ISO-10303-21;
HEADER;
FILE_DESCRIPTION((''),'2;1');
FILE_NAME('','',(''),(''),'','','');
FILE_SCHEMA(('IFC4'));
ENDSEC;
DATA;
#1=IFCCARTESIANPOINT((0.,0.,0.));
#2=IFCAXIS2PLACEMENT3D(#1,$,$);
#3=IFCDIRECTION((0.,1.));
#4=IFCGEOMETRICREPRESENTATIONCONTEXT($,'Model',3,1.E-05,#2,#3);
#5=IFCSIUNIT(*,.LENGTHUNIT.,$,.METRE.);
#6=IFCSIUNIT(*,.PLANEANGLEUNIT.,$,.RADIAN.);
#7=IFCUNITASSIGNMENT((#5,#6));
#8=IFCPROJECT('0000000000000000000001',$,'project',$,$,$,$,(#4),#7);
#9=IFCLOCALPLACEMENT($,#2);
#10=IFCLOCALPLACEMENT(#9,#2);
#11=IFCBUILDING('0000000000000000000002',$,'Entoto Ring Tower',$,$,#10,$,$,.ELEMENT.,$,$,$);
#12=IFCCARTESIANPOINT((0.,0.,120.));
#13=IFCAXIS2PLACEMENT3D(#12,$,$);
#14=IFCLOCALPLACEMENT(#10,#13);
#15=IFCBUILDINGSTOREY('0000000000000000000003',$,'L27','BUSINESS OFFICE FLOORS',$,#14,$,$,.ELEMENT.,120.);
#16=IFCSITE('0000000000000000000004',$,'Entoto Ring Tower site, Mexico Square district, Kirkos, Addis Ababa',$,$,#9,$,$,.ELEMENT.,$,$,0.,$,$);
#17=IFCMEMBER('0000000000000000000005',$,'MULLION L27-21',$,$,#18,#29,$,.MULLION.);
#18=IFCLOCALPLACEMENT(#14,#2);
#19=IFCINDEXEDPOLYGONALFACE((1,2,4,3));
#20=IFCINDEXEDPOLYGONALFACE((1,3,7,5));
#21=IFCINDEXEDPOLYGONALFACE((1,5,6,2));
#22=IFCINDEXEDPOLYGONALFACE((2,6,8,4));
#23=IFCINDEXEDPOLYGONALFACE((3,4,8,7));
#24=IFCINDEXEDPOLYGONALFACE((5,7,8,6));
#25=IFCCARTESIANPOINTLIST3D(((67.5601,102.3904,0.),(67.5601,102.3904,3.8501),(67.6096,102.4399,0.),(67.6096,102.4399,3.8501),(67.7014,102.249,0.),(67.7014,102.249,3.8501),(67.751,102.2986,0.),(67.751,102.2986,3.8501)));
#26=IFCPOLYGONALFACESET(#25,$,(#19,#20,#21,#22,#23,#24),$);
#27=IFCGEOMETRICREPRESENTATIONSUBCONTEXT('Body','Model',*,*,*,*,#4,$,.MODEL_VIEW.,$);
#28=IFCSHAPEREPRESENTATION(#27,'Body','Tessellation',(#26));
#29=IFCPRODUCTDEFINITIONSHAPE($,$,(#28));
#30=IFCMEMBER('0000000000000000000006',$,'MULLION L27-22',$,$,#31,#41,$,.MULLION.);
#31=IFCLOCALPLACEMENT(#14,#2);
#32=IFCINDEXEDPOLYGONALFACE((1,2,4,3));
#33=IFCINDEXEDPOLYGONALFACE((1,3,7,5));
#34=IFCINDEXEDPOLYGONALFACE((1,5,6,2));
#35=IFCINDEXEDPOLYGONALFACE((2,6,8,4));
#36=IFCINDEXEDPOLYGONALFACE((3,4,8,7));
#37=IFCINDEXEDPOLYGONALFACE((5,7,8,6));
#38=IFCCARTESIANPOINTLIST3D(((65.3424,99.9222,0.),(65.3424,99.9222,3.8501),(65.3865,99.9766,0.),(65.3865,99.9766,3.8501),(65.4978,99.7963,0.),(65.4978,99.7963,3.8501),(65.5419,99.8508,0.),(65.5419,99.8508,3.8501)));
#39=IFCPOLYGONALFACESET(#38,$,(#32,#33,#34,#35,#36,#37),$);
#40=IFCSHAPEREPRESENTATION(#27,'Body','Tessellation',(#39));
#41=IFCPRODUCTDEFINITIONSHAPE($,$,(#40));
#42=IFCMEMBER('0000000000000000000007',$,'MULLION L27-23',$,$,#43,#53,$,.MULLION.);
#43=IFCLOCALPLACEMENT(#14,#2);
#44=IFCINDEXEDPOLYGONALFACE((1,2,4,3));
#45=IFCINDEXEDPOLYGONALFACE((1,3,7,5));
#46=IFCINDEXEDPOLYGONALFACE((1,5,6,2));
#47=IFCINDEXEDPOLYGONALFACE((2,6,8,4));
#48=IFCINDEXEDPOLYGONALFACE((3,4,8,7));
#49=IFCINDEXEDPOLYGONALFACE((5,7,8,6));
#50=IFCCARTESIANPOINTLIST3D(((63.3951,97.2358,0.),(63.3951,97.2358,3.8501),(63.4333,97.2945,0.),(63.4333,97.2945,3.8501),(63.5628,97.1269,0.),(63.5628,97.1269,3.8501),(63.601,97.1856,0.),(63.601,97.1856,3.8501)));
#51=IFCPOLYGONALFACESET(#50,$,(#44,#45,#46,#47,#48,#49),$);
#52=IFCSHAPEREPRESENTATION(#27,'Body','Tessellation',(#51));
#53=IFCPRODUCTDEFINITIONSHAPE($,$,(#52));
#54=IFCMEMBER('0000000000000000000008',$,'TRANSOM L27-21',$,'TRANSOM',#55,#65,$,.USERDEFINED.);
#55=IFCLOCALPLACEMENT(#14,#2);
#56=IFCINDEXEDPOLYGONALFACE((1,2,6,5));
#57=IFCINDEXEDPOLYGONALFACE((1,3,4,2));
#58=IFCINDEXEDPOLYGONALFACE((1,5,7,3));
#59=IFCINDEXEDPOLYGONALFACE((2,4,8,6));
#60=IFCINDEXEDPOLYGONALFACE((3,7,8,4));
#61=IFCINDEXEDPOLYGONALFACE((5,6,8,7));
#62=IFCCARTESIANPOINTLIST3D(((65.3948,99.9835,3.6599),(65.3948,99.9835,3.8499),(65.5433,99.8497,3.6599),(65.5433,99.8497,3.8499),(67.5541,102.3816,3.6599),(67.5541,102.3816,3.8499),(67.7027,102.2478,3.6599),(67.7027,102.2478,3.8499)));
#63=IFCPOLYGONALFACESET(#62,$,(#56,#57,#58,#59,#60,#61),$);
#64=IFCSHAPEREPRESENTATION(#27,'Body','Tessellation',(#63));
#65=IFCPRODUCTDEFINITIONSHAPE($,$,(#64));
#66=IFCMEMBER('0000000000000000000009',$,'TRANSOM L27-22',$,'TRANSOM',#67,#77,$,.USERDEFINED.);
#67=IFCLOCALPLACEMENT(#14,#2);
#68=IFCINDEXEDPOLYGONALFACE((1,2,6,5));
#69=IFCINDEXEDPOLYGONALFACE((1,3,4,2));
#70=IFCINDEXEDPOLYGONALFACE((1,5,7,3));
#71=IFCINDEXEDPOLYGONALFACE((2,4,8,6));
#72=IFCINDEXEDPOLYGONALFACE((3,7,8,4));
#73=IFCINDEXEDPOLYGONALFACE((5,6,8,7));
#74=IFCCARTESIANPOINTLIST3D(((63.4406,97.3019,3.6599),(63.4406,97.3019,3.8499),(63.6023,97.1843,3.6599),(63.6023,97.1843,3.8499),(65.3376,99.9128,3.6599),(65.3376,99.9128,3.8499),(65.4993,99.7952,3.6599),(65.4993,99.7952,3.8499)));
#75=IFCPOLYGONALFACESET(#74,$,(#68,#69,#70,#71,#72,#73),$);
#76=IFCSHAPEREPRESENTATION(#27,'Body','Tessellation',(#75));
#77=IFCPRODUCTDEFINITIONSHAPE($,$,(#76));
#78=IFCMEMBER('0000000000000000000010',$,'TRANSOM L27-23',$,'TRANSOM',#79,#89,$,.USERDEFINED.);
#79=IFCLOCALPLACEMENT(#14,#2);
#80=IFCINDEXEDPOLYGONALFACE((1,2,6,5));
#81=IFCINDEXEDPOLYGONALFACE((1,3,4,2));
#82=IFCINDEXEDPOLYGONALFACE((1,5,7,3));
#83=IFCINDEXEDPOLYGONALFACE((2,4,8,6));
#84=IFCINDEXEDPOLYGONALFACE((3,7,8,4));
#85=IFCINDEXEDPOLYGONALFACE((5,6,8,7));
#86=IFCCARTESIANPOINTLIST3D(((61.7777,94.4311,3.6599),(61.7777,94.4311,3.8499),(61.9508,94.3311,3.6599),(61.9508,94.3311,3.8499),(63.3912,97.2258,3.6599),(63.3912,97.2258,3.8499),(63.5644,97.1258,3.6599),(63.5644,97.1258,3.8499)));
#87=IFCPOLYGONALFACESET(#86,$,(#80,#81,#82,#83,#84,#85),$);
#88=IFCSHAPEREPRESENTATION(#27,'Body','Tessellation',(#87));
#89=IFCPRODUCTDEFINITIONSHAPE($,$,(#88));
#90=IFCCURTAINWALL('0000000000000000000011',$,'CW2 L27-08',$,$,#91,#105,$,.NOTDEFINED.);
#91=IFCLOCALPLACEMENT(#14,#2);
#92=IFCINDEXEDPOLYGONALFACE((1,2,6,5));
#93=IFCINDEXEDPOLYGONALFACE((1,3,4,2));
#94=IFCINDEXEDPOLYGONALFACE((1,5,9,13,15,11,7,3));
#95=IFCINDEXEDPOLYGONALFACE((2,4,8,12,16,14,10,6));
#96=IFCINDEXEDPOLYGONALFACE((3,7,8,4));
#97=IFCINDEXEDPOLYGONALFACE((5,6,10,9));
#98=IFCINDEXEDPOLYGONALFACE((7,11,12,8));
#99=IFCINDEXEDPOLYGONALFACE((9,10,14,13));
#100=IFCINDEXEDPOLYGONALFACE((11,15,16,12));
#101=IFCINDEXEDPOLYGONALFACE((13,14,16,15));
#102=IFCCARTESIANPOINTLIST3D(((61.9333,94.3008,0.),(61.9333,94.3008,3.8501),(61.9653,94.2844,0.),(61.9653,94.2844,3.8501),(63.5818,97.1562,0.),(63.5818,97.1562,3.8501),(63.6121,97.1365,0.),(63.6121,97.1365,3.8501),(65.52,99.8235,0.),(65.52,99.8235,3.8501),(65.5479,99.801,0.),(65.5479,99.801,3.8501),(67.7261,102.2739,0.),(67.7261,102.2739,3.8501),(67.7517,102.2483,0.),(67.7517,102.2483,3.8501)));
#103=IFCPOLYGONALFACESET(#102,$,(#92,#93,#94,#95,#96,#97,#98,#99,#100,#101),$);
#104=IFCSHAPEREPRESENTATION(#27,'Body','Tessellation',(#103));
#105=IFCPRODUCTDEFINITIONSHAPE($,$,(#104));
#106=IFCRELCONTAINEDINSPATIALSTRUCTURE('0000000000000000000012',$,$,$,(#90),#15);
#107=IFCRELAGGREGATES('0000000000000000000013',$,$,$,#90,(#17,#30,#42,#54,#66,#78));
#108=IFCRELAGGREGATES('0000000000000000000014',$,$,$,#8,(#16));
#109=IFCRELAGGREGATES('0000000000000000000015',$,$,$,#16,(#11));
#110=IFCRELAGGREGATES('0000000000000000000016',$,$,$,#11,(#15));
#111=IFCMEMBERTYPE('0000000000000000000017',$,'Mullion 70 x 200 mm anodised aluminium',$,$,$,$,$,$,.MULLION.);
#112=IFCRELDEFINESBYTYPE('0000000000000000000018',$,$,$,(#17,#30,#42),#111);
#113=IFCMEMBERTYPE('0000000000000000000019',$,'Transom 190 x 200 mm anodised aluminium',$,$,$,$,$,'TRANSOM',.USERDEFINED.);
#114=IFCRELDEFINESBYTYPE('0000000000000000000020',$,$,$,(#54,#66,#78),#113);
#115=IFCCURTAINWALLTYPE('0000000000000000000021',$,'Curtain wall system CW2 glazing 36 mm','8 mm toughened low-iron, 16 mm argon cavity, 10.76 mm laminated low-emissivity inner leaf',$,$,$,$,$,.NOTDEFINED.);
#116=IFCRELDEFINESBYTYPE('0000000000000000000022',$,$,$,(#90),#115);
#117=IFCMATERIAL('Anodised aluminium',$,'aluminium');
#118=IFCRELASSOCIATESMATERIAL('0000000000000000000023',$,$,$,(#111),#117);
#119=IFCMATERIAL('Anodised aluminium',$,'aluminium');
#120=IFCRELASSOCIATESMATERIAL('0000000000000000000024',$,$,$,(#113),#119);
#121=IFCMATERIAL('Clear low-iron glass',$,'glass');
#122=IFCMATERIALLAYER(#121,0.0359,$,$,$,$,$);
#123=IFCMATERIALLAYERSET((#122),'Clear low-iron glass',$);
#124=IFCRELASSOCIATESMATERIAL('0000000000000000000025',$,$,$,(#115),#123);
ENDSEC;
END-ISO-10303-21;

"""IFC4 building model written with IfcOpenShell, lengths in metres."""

from ifc_helpers import new_model, si_unit, direction, frame, origin, origin_2d, place, context, subcontext, project, spatial, polyline, rectangle, outline, extrude, material, layer, layer_set, material_profile, profile_set, type_object, element, aggregate, save


model = new_model("IFC4")

# Units and contexts
model_context = context("Model", 3, precision=1e-05, world=origin(), true_north=direction((0.0, 1.0)))
body_context = subcontext(model_context, "Body", "Model", "MODEL_VIEW")
ifc_project = project(units=[si_unit("LENGTHUNIT", "METRE"), si_unit("PLANEANGLEUNIT", "RADIAN")], contexts=[model_context])

# Members
ifc_material_1 = material(Name="Anodised aluminium", Category="aluminium")
ifc_material_profile_1 = material_profile(ifc_material_1, rectangle(XDim=0.0701, YDim=0.2, at=origin_2d()), Name="Mullion 70 x 200 mm anodised aluminium")
ifc_profile_set_1 = profile_set([ifc_material_profile_1], Name="Anodised aluminium")
member_type_1 = type_object("IfcMemberType", Name="Mullion 70 x 200 mm anodised aluminium", PredefinedType="MULLION", material=ifc_profile_set_1)
site_placement = place(None, origin())
building_placement = place(site_placement, origin())
storey_placement = place(building_placement, frame((0.0, 0.0, 120.0)))
member_1_placement = place(storey_placement, frame((67.6555, 102.3445, 0.0), z_axis=(0.0, 0.0, 1.0), x_axis=(-0.707107, -0.707107, 0.0)))
member_1 = element("IfcMember", 1, at=member_1_placement, type_object=member_type_1, Name="MULLION L27-21", PredefinedType="MULLION", context=body_context, shape_type="SweptSolid", body=[
    extrude(rectangle(XDim=0.0701, YDim=0.2, at=origin_2d()), origin(), (0.0, 0.0, 1.0), 3.8501),
])
member_2_placement = place(storey_placement, frame((65.4421, 99.8865, 0.0), z_axis=(0.0, 0.0, 1.0), x_axis=(-0.62932, -0.777146, 0.0)))
member_2 = element("IfcMember", 2, at=member_2_placement, type_object=member_type_1, Name="MULLION L27-22", PredefinedType="MULLION", context=body_context, shape_type="SweptSolid", body=[
    extrude(rectangle(XDim=0.0701, YDim=0.2, at=origin_2d()), origin(), (0.0, 0.0, 1.0), 3.8501),
])
member_3_placement = place(storey_placement, frame((63.498, 97.2107, 0.0), z_axis=(0.0, 0.0, 1.0), x_axis=(-0.544639, -0.838671, 0.0)))
member_3 = element("IfcMember", 3, at=member_3_placement, type_object=member_type_1, Name="MULLION L27-23", PredefinedType="MULLION", context=body_context, shape_type="SweptSolid", body=[
    extrude(rectangle(XDim=0.0701, YDim=0.2, at=origin_2d()), origin(), (0.0, 0.0, 1.0), 3.8501),
])
ifc_material_2 = material(Name="Anodised aluminium", Category="aluminium")
ifc_material_profile_2 = material_profile(ifc_material_2, rectangle(XDim=0.2, YDim=0.1899, at=origin_2d()), Name="Transom 190 x 200 mm anodised aluminium")
ifc_profile_set_2 = profile_set([ifc_material_profile_2], Name="Anodised aluminium")
member_type_2 = type_object("IfcMemberType", Name="Transom 190 x 200 mm anodised aluminium", ElementType="TRANSOM", PredefinedType="USERDEFINED", material=ifc_profile_set_2)
member_4_placement = place(storey_placement, frame((67.6284, 102.3147, 3.7549), z_axis=(-0.669144, -0.743132, 0.0), x_axis=(0.743132, -0.669144, 0.0)))
member_4 = element("IfcMember", 4, at=member_4_placement, type_object=member_type_2, Name="TRANSOM L27-21", ObjectType="TRANSOM", PredefinedType="USERDEFINED", context=body_context, shape_type="SweptSolid", body=[
    extrude(rectangle(XDim=0.2, YDim=0.1899, at=origin_2d()), origin(), (0.0, 0.0, 1.0), 3.2271),
])
member_5_placement = place(storey_placement, frame((65.4185, 99.854, 3.7549), z_axis=(-0.587803, -0.809004, 0.0), x_axis=(0.809004, -0.587803, 0.0)))
member_5 = element("IfcMember", 5, at=member_5_placement, type_object=member_type_2, Name="TRANSOM L27-22", ObjectType="TRANSOM", PredefinedType="USERDEFINED", context=body_context, shape_type="SweptSolid", body=[
    extrude(rectangle(XDim=0.2, YDim=0.1899, at=origin_2d()), origin(), (0.0, 0.0, 1.0), 3.2273),
])
member_6_placement = place(storey_placement, frame((63.4778, 97.1758, 3.7549), z_axis=(-0.500004, -0.866023, 0.0), x_axis=(0.866023, -0.500004, 0.0)))
member_6 = element("IfcMember", 6, at=member_6_placement, type_object=member_type_2, Name="TRANSOM L27-23", ObjectType="TRANSOM", PredefinedType="USERDEFINED", context=body_context, shape_type="SweptSolid", body=[
    extrude(rectangle(XDim=0.2, YDim=0.1899, at=origin_2d()), origin(), (0.0, 0.0, 1.0), 3.2271),
])

# Site, building, storey
site = spatial("IfcSite", under=ifc_project, at=site_placement, Name="Entoto Ring Tower site, Mexico Square district, Kirkos, Addis Ababa", CompositionType="ELEMENT", RefElevation=0.0)
building = spatial("IfcBuilding", under=site, at=building_placement, Name="Entoto Ring Tower", CompositionType="ELEMENT")
storey = spatial("IfcBuildingStorey", under=building, at=storey_placement, Name="L27", Description="BUSINESS OFFICE FLOORS", CompositionType="ELEMENT", Elevation=120.0)

# Curtain wall
ifc_material_3 = material(Name="Clear low-iron glass", Category="glass")
ifc_layer = layer(ifc_material_3, 0.0359)
ifc_layer_set = layer_set([ifc_layer], Name="Clear low-iron glass")
curtain_wall_type = type_object("IfcCurtainWallType", Name="Curtain wall system CW2 glazing 36 mm", Description="8 mm toughened low-iron, 16 mm argon cavity, 10.76 mm laminated low-emissivity inner leaf", PredefinedType="NOTDEFINED", material=ifc_layer_set)
curtain_wall_1_placement = place(storey_placement, origin())
curtain_wall_1 = element("IfcCurtainWall", 7, at=curtain_wall_1_placement, inside=storey, type_object=curtain_wall_type, Name="CW2 L27-08", PredefinedType="NOTDEFINED", context=body_context, shape_type="SweptSolid", body=[
    extrude(outline(polyline([(67.7261, 102.2739), (65.52, 99.8235), (63.5818, 97.1562), (61.9333, 94.3008), (61.9653, 94.2844), (63.6121, 97.1365), (65.5479, 99.801), (67.7517, 102.2483), (67.7261, 102.2739)])), origin(), (0.0, 0.0, 1.0), 3.8501),
])
aggregate(curtain_wall_1, [member_1, member_2, member_3, member_4, member_5, member_6])

save(model, "model.ifc")
